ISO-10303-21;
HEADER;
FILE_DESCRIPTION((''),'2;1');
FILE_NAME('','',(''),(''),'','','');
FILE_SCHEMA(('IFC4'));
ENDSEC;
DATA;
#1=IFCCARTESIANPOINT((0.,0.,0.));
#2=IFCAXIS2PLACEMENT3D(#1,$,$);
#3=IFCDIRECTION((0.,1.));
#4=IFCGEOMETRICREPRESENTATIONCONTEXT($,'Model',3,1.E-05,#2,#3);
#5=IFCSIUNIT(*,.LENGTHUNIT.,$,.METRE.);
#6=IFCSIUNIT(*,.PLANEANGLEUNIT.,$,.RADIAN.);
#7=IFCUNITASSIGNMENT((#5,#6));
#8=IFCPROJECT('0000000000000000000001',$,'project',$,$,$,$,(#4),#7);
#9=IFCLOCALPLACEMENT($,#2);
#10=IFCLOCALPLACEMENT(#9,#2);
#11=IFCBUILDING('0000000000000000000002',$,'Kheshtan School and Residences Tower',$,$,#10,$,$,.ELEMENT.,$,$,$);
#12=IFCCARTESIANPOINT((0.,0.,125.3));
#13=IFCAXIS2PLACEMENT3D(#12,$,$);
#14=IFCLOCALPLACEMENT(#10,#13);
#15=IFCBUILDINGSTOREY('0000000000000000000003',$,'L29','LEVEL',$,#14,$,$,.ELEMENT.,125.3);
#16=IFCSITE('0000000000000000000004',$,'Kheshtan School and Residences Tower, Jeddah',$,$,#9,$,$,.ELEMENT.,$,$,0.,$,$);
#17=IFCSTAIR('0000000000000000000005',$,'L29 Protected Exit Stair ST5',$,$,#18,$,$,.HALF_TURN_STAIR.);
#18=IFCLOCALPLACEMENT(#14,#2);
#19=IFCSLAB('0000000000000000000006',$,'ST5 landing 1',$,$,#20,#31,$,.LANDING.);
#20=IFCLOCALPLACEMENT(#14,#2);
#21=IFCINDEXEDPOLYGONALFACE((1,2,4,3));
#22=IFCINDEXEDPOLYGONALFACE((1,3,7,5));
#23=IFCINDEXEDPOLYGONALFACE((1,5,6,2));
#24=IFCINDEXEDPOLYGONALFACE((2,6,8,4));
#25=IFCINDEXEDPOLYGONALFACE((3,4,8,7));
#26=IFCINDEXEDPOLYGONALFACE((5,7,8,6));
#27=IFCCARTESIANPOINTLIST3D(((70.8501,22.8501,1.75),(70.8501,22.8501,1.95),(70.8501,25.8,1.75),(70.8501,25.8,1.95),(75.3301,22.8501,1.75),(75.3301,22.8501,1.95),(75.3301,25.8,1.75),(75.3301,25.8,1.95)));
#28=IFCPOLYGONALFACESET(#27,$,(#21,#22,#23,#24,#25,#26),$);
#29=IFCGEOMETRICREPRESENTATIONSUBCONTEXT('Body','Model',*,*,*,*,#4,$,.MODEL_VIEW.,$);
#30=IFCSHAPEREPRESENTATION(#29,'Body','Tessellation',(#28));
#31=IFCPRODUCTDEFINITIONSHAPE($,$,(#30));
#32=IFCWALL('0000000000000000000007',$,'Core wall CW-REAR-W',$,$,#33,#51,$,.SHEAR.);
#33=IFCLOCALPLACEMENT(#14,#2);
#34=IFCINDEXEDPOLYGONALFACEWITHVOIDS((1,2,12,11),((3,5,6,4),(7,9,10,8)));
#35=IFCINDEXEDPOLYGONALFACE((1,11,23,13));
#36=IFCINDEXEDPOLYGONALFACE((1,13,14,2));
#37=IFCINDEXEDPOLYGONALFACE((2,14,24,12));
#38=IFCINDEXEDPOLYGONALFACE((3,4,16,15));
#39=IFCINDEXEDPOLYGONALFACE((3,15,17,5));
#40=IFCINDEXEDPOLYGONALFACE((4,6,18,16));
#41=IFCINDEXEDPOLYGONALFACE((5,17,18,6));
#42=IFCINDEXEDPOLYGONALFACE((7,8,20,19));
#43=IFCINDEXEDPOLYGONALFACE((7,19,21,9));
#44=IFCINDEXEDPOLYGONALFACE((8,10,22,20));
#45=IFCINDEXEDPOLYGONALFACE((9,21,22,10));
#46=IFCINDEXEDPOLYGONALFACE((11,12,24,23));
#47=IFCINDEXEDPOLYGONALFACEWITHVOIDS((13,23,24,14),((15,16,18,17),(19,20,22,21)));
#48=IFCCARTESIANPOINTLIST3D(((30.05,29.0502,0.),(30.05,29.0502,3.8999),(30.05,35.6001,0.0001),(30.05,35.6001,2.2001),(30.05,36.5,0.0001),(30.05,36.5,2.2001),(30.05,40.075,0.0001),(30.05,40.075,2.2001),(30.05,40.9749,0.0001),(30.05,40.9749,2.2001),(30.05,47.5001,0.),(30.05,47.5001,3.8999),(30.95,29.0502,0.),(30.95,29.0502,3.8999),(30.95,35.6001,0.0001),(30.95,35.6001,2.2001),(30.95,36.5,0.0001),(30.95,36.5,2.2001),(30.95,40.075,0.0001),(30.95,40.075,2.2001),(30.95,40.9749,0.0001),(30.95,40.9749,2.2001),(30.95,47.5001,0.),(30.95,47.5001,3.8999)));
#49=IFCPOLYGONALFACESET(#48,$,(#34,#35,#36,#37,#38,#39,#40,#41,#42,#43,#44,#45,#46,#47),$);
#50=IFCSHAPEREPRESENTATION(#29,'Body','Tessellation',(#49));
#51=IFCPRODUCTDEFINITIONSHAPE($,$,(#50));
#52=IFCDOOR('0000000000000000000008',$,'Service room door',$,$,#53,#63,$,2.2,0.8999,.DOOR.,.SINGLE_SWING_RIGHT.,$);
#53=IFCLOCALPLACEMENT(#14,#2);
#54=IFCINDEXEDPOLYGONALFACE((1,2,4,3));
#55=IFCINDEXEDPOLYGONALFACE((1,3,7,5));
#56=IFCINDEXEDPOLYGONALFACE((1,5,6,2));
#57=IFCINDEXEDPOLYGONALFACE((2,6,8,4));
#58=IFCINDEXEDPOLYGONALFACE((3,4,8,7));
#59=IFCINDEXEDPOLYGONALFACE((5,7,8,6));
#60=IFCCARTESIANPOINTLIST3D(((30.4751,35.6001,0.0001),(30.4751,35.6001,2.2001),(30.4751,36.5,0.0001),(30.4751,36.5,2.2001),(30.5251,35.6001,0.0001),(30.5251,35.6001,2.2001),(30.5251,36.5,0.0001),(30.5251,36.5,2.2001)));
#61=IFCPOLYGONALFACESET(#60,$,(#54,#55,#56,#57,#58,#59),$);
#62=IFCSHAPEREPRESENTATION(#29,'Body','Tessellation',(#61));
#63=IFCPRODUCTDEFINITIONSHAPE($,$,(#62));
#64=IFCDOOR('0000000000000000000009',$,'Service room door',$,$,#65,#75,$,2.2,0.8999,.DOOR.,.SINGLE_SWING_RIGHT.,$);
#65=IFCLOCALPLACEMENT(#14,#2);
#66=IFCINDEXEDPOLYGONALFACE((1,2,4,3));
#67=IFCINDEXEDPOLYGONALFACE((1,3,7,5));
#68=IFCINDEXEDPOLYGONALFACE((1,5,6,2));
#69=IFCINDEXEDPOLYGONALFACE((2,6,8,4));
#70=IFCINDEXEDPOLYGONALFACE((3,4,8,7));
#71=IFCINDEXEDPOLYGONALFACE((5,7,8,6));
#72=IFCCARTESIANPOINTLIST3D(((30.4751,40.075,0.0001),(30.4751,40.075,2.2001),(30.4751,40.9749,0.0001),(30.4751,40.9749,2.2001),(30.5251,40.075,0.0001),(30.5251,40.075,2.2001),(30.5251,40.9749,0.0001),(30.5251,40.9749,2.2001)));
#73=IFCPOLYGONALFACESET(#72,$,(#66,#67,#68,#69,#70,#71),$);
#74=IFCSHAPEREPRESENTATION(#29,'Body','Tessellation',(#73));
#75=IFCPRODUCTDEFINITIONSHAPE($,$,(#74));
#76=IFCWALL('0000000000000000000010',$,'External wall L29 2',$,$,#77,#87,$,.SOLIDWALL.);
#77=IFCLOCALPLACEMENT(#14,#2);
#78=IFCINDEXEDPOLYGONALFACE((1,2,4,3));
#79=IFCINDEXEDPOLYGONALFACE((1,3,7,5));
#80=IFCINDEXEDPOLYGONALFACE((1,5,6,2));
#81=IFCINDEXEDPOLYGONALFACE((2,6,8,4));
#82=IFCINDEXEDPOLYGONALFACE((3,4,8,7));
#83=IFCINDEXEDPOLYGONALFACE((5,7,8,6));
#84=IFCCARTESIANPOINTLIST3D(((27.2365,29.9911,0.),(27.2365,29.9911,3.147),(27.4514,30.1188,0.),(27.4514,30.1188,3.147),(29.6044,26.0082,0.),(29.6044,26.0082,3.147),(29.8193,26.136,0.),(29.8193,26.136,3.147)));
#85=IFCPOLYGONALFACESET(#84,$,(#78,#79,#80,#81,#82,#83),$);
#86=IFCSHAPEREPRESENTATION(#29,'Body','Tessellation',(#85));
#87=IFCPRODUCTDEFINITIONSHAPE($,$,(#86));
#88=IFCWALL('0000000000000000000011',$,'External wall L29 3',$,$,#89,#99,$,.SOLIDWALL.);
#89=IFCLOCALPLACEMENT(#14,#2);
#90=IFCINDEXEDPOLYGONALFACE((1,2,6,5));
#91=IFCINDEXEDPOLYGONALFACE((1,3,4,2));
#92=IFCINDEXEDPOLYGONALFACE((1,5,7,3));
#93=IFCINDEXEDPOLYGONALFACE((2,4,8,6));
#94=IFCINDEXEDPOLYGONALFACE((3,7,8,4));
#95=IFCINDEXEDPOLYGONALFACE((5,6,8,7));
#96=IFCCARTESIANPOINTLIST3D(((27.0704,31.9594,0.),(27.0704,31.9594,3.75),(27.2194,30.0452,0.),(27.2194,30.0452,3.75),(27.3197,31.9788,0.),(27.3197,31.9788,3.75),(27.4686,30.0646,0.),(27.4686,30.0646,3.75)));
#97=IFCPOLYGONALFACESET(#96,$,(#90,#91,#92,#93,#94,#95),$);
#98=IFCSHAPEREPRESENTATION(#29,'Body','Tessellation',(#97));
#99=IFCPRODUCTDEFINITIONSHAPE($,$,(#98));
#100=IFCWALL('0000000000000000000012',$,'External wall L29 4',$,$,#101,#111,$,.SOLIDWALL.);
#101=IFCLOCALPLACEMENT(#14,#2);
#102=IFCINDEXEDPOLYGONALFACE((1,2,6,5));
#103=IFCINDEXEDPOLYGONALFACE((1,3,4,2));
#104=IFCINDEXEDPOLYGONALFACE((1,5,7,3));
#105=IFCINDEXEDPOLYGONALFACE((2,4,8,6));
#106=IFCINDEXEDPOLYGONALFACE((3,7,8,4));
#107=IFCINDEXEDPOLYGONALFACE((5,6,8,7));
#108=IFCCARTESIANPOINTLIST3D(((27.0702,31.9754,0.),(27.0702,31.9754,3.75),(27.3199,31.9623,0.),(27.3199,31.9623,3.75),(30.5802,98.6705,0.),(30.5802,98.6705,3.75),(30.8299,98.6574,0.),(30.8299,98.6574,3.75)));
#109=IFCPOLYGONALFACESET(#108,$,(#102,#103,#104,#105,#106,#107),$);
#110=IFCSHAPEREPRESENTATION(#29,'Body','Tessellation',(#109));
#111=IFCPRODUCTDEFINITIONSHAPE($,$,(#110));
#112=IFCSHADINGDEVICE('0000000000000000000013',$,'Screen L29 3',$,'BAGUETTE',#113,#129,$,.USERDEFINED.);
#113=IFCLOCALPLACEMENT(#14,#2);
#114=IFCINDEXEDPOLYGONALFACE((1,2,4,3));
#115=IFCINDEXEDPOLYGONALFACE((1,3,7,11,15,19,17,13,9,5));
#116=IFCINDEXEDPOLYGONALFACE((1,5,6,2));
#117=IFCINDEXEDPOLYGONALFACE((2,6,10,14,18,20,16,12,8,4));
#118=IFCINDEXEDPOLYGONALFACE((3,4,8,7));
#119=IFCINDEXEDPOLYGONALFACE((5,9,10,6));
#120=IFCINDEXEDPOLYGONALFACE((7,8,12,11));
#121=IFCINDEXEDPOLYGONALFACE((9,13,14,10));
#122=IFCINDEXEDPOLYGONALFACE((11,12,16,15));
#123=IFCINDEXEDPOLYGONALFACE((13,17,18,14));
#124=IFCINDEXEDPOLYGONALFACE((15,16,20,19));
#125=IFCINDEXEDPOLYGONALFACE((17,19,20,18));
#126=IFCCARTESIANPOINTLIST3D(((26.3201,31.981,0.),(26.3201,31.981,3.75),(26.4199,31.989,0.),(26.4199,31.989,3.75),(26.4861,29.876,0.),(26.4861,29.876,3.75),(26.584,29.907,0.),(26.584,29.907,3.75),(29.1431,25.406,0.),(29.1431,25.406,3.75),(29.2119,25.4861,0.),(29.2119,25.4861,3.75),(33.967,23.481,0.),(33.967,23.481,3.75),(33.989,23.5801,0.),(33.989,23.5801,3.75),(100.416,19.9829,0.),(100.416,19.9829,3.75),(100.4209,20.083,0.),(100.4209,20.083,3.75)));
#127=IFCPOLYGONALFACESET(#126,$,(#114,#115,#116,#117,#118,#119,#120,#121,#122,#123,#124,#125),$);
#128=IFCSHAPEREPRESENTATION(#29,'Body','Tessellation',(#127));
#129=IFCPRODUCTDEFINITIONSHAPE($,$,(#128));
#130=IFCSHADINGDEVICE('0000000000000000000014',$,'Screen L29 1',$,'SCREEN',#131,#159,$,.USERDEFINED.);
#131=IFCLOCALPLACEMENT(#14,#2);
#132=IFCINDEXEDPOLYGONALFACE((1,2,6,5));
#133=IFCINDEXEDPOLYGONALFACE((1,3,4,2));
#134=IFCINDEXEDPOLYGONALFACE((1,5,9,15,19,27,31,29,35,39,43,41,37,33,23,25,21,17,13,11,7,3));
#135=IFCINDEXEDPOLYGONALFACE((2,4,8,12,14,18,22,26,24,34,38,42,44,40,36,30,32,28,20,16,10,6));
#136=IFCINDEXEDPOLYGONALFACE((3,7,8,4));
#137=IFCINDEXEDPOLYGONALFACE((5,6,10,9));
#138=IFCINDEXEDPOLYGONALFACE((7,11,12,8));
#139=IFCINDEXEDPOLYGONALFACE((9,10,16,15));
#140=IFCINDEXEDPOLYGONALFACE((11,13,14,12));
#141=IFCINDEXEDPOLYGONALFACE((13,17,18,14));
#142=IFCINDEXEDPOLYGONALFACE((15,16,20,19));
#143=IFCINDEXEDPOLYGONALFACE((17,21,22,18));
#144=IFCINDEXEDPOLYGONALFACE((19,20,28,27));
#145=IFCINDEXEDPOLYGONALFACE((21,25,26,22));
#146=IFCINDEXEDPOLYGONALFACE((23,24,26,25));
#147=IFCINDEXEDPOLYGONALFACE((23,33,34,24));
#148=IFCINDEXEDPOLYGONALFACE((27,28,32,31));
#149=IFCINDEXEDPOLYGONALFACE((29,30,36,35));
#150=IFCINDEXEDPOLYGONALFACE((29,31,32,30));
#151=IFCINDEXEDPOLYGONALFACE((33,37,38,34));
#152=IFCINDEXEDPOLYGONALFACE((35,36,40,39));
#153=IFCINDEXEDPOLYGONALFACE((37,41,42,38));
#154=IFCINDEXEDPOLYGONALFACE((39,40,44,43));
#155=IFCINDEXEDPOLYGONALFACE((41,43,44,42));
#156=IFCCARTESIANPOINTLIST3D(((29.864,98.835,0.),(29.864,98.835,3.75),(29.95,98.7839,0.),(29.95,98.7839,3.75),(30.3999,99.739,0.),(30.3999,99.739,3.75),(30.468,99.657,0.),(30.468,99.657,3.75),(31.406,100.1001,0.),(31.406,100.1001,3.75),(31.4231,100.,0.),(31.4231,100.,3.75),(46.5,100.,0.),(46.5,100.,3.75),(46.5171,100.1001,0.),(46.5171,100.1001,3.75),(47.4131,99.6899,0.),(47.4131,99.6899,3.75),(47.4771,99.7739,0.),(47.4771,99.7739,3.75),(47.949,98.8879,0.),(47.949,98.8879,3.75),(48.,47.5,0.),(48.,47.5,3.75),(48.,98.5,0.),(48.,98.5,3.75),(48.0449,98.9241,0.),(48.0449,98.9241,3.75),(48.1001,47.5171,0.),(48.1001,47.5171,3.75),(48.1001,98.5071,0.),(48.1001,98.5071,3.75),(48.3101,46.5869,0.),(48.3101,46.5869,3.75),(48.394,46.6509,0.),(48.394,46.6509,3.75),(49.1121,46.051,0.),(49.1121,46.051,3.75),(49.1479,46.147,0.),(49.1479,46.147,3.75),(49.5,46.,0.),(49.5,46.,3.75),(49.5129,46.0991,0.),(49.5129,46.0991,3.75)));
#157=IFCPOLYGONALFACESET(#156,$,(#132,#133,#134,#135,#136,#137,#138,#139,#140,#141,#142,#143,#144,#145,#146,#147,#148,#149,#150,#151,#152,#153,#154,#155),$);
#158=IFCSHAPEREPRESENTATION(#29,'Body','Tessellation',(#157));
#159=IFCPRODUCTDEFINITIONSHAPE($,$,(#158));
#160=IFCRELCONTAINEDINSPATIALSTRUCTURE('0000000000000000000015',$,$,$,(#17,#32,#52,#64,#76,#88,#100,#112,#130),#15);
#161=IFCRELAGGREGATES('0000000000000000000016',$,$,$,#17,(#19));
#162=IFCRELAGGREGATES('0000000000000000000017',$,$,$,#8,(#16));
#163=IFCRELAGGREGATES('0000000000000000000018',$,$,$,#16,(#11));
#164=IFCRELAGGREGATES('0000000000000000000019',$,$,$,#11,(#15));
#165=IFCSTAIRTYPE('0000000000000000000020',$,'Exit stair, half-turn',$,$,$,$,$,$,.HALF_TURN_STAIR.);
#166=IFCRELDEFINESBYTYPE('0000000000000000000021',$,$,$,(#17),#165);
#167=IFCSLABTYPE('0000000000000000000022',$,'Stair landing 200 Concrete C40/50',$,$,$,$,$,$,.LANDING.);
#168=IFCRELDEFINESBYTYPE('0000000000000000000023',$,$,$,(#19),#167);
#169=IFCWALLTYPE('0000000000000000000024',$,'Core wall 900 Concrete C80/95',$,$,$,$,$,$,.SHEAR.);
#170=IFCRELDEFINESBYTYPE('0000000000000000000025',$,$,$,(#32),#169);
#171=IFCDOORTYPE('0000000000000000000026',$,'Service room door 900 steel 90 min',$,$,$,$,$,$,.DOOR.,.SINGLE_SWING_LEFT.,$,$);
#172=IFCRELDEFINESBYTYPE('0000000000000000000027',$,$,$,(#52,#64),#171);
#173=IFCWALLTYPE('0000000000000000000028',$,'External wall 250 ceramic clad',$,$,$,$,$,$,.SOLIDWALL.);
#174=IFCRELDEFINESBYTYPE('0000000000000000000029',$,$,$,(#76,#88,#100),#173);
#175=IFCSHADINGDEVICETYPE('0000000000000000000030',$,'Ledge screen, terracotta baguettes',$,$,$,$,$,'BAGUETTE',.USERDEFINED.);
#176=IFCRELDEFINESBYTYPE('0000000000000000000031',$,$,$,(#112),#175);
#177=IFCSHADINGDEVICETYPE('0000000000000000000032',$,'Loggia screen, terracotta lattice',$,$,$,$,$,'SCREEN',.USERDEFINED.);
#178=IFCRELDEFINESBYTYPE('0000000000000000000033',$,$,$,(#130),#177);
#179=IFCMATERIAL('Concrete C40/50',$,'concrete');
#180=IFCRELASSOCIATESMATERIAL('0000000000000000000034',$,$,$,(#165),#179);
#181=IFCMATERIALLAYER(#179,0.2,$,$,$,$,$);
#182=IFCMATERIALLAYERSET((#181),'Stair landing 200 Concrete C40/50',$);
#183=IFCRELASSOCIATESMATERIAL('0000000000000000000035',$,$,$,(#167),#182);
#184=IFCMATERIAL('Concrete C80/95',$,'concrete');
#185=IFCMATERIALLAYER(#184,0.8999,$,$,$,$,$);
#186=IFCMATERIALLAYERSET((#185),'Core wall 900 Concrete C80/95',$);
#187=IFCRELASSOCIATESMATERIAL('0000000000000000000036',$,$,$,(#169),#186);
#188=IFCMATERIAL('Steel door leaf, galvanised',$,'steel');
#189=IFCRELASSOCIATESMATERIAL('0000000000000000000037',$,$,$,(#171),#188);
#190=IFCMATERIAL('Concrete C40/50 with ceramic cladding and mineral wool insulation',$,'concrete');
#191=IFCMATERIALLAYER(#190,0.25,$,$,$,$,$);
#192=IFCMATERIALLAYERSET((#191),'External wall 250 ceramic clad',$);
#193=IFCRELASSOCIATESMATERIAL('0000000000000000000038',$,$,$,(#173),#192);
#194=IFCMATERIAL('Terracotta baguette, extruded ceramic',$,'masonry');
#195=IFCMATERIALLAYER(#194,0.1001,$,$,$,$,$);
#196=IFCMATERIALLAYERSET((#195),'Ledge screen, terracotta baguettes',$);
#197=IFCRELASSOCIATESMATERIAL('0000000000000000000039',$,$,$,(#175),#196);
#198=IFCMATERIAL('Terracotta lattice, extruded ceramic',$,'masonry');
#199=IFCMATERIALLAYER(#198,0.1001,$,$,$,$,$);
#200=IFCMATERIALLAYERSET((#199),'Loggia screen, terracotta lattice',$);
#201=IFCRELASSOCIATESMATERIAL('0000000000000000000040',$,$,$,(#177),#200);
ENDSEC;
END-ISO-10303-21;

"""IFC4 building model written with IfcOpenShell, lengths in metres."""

from ifc_helpers import new_model, si_unit, direction, frame, frame_2d, origin, place, context, subcontext, project, spatial, polyline, rectangle, outline, extrude, source, transform, mapped, material, layer, layer_set, type_object, element, fill, aggregate, save


model = new_model("IFC4")

# Units and contexts
model_context = context("Model", 3, precision=1e-05, world=origin(), true_north=direction((0.0, 1.0)))
body_context = subcontext(model_context, "Body", "Model", "MODEL_VIEW")
ifc_project = project(units=[si_unit("LENGTHUNIT", "METRE"), si_unit("PLANEANGLEUNIT", "RADIAN")], contexts=[model_context])

# Site, building, storey
site_placement = place(None, origin())
site = spatial("IfcSite", under=ifc_project, at=site_placement, Name="Kheshtan School and Residences Tower, Jeddah", CompositionType="ELEMENT", RefElevation=0.0)
building_placement = place(site_placement, origin())
building = spatial("IfcBuilding", under=site, at=building_placement, Name="Kheshtan School and Residences Tower", CompositionType="ELEMENT")
storey_placement = place(building_placement, frame((0.0, 0.0, 125.3)))
storey = spatial("IfcBuildingStorey", under=building, at=storey_placement, Name="L29", Description="LEVEL", CompositionType="ELEMENT", Elevation=125.3)

# Shared definitions
ifc_material_1 = material(Name="Concrete C40/50", Category="concrete")

# Stair, slab
stair_type = type_object("IfcStairType", Name="Exit stair, half-turn", PredefinedType="HALF_TURN_STAIR", material=ifc_material_1)
ifc_layer_1 = layer(ifc_material_1, 0.2)
ifc_layer_set_1 = layer_set([ifc_layer_1], Name="Stair landing 200 Concrete C40/50")
slab_type_1 = type_object("IfcSlabType", Name="Stair landing 200 Concrete C40/50", PredefinedType="LANDING", material=ifc_layer_set_1)
stair_1_placement = place(storey_placement, origin())
stair_1 = element("IfcStair", 1, at=stair_1_placement, inside=storey, type_object=stair_type, Name="L29 Protected Exit Stair ST5", PredefinedType="HALF_TURN_STAIR")
slab_1_placement = place(storey_placement, frame((0.0, 0.0, 1.75)))
slab_1 = element("IfcSlab", 2, at=slab_1_placement, type_object=slab_type_1, Name="ST5 landing 1", PredefinedType="LANDING", context=body_context, shape_type="SweptSolid", body=[
    extrude(outline(polyline([(75.3301, 25.8), (70.8501, 25.8), (70.8501, 22.8501), (75.3301, 22.8501), (75.3301, 25.8)])), origin(), (0.0, 0.0, 1.0), 0.2),
])
aggregate(stair_1, [slab_1])

# Wall, openings, doors
ifc_material_2 = material(Name="Concrete C80/95", Category="concrete")
ifc_layer_2 = layer(ifc_material_2, 0.8999)
ifc_layer_set_2 = layer_set([ifc_layer_2], Name="Core wall 900 Concrete C80/95")
wall_type_1 = type_object("IfcWallType", Name="Core wall 900 Concrete C80/95", PredefinedType="SHEAR", material=ifc_layer_set_2)
wall_1_placement = place(storey_placement, frame((30.5, 29.05, 0.0), z_axis=(0.0, 0.0, 1.0), x_axis=(0.0, 1.0, 0.0)))
wall_1 = element("IfcWall", 3, at=wall_1_placement, inside=storey, type_object=wall_type_1, Name="Core wall CW-REAR-W", PredefinedType="SHEAR", context=body_context, shape_type="SweptSolid", body=[
    extrude(rectangle(XDim=18.45, YDim=0.8999, at=frame_2d((9.2251, 0.0))), origin(), (0.0, 0.0, 1.0), 3.8999),
])
opening_1_placement = place(wall_1_placement, frame((6.55, 0.0, 0.0)))
opening_1 = element("IfcOpeningElement", 4, at=opening_1_placement, cuts=wall_1, PredefinedType="OPENING", context=body_context, shape_type="SweptSolid", body=[
    extrude(rectangle(XDim=0.8999, YDim=2.2, at=frame_2d((0.45, 1.1001))), frame((0.0, 0.46, 0.0), z_axis=(0.0, -1.0, 0.0), x_axis=(1.0, 0.0, 0.0)), (0.0, 0.0, 1.0), 0.9199),
])
opening_2_placement = place(wall_1_placement, frame((11.0249, 0.0, 0.0)))
opening_2 = element("IfcOpeningElement", 5, at=opening_2_placement, cuts=wall_1, PredefinedType="OPENING", context=body_context, shape_type="SweptSolid", body=[
    extrude(rectangle(XDim=0.8999, YDim=2.2, at=frame_2d((0.45, 1.1001))), frame((0.0, 0.46, 0.0), z_axis=(0.0, -1.0, 0.0), x_axis=(1.0, 0.0, 0.0)), (0.0, 0.0, 1.0), 0.9199),
])
ifc_material_3 = material(Name="Steel door leaf, galvanised", Category="steel")
door_type = type_object("IfcDoorType", Name="Service room door 900 steel 90 min", OperationType="SINGLE_SWING_LEFT", PredefinedType="DOOR", material=ifc_material_3)
shared_shape = source(origin(), body_context, "Body", "SweptSolid", [
    extrude(rectangle(XDim=0.8999, YDim=2.2, at=frame_2d((0.45, 1.1001))), frame((0.0, 0.0249, 0.0), z_axis=(0.0, -1.0, 0.0), x_axis=(1.0, 0.0, 0.0)), (0.0, 0.0, 1.0), 0.05),
])
door_1_placement = place(opening_1_placement, origin())
door_1 = element("IfcDoor", 6, at=door_1_placement, inside=storey, type_object=door_type, Name="Service room door", OperationType="SINGLE_SWING_RIGHT", OverallHeight=2.2, OverallWidth=0.8999, PredefinedType="DOOR", context=body_context, shape_type="MappedRepresentation", body=[
    mapped(shared_shape, transform((0.0, 0.0, 0.0), x_axis=(1.0, 0.0, 0.0), y_axis=(0.0, 1.0, 0.0), z_axis=(0.0, 0.0, 1.0), scale=1.0)),
])
fill(opening_1, door_1)
door_2_placement = place(opening_2_placement, origin())
door_2 = element("IfcDoor", 7, at=door_2_placement, inside=storey, type_object=door_type, Name="Service room door", OperationType="SINGLE_SWING_RIGHT", OverallHeight=2.2, OverallWidth=0.8999, PredefinedType="DOOR", context=body_context, shape_type="MappedRepresentation", body=[
    mapped(shared_shape, transform((0.0, 0.0, 0.0), x_axis=(1.0, 0.0, 0.0), y_axis=(0.0, 1.0, 0.0), z_axis=(0.0, 0.0, 1.0), scale=1.0)),
])
fill(opening_2, door_2)

# Walls
ifc_material_4 = material(Name="Concrete C40/50 with ceramic cladding and mineral wool insulation", Category="concrete")
ifc_layer_3 = layer(ifc_material_4, 0.25)
ifc_layer_set_3 = layer_set([ifc_layer_3], Name="External wall 250 ceramic clad")
wall_type_2 = type_object("IfcWallType", Name="External wall 250 ceramic clad", PredefinedType="SOLIDWALL", material=ifc_layer_set_3)
wall_2_placement = place(storey_placement, frame((29.7119, 26.072, 0.0), z_axis=(0.0, 0.0, 1.0), x_axis=(-0.511028, 0.859564, 0.0)))
element("IfcWall", 8, at=wall_2_placement, inside=storey, type_object=wall_type_2, Name="External wall L29 2", PredefinedType="SOLIDWALL", context=body_context, shape_type="SweptSolid", body=[
    extrude(rectangle(XDim=4.6335, YDim=0.25, at=frame_2d((2.3169, 0.0))), origin(), (0.0, 0.0, 1.0), 3.147),
])
wall_3_placement = place(storey_placement, frame((27.344, 30.0549, 0.0), z_axis=(0.0, 0.0, 1.0), x_axis=(-0.077572, 0.996987, 0.0)))
element("IfcWall", 9, at=wall_3_placement, inside=storey, type_object=wall_type_2, Name="External wall L29 3", PredefinedType="SOLIDWALL", context=body_context, shape_type="SweptSolid", body=[
    extrude(rectangle(XDim=1.9199, YDim=0.25, at=frame_2d((0.96, 0.0))), origin(), (0.0, 0.0, 1.0), 3.75),
])
wall_4_placement = place(storey_placement, frame((27.1951, 31.969, 0.0), z_axis=(0.0, 0.0, 1.0), x_axis=(0.052555, 0.998618, 0.0)))
element("IfcWall", 10, at=wall_4_placement, inside=storey, type_object=wall_type_2, Name="External wall L29 4", PredefinedType="SOLIDWALL", context=body_context, shape_type="SweptSolid", body=[
    extrude(rectangle(XDim=66.7874, YDim=0.25, at=frame_2d((33.3936, 0.0))), origin(), (0.0, 0.0, 1.0), 3.75),
])

# Shading devices
ifc_material_5 = material(Name="Terracotta baguette, extruded ceramic", Category="masonry")
ifc_layer_4 = layer(ifc_material_5, 0.1001)
ifc_layer_set_4 = layer_set([ifc_layer_4], Name="Ledge screen, terracotta baguettes")
shading_device_type_1 = type_object("IfcShadingDeviceType", Name="Ledge screen, terracotta baguettes", ElementType="BAGUETTE", PredefinedType="USERDEFINED", material=ifc_layer_set_4)
shading_device_1_placement = place(storey_placement, origin())
element("IfcShadingDevice", 11, at=shading_device_1_placement, inside=storey, type_object=shading_device_type_1, Name="Screen L29 3", ObjectType="BAGUETTE", PredefinedType="USERDEFINED", context=body_context, shape_type="SweptSolid", body=[
    extrude(outline(polyline([(100.4209, 20.083), (33.989, 23.5801), (29.2119, 25.4861), (26.584, 29.907), (26.4199, 31.989), (26.3201, 31.981), (26.4861, 29.876), (29.1431, 25.406), (33.967, 23.481), (100.416, 19.9829), (100.4209, 20.083)])), origin(), (0.0, 0.0, 1.0), 3.75),
])
ifc_material_6 = material(Name="Terracotta lattice, extruded ceramic", Category="masonry")
ifc_layer_5 = layer(ifc_material_6, 0.1001)
ifc_layer_set_5 = layer_set([ifc_layer_5], Name="Loggia screen, terracotta lattice")
shading_device_type_2 = type_object("IfcShadingDeviceType", Name="Loggia screen, terracotta lattice", ElementType="SCREEN", PredefinedType="USERDEFINED", material=ifc_layer_set_5)
shading_device_2_placement = place(storey_placement, origin())
element("IfcShadingDevice", 12, at=shading_device_2_placement, inside=storey, type_object=shading_device_type_2, Name="Screen L29 1", ObjectType="SCREEN", PredefinedType="USERDEFINED", context=body_context, shape_type="SweptSolid", body=[
    extrude(outline(polyline([(29.95, 98.7839), (30.468, 99.657), (31.4231, 100.0), (46.5, 100.0), (47.4131, 99.6899), (47.949, 98.8879), (48.0, 98.5), (48.0, 47.5), (48.3101, 46.5869), (49.1121, 46.051), (49.5, 46.0), (49.5129, 46.0991), (49.1479, 46.147), (48.394, 46.6509), (48.1001, 47.5171), (48.1001, 98.5071), (48.0449, 98.9241), (47.4771, 99.7739), (46.5171, 100.1001), (31.406, 100.1001), (30.3999, 99.739), (29.864, 98.835), (29.95, 98.7839)])), origin(), (0.0, 0.0, 1.0), 3.75),
])

save(model, "model.ifc")
